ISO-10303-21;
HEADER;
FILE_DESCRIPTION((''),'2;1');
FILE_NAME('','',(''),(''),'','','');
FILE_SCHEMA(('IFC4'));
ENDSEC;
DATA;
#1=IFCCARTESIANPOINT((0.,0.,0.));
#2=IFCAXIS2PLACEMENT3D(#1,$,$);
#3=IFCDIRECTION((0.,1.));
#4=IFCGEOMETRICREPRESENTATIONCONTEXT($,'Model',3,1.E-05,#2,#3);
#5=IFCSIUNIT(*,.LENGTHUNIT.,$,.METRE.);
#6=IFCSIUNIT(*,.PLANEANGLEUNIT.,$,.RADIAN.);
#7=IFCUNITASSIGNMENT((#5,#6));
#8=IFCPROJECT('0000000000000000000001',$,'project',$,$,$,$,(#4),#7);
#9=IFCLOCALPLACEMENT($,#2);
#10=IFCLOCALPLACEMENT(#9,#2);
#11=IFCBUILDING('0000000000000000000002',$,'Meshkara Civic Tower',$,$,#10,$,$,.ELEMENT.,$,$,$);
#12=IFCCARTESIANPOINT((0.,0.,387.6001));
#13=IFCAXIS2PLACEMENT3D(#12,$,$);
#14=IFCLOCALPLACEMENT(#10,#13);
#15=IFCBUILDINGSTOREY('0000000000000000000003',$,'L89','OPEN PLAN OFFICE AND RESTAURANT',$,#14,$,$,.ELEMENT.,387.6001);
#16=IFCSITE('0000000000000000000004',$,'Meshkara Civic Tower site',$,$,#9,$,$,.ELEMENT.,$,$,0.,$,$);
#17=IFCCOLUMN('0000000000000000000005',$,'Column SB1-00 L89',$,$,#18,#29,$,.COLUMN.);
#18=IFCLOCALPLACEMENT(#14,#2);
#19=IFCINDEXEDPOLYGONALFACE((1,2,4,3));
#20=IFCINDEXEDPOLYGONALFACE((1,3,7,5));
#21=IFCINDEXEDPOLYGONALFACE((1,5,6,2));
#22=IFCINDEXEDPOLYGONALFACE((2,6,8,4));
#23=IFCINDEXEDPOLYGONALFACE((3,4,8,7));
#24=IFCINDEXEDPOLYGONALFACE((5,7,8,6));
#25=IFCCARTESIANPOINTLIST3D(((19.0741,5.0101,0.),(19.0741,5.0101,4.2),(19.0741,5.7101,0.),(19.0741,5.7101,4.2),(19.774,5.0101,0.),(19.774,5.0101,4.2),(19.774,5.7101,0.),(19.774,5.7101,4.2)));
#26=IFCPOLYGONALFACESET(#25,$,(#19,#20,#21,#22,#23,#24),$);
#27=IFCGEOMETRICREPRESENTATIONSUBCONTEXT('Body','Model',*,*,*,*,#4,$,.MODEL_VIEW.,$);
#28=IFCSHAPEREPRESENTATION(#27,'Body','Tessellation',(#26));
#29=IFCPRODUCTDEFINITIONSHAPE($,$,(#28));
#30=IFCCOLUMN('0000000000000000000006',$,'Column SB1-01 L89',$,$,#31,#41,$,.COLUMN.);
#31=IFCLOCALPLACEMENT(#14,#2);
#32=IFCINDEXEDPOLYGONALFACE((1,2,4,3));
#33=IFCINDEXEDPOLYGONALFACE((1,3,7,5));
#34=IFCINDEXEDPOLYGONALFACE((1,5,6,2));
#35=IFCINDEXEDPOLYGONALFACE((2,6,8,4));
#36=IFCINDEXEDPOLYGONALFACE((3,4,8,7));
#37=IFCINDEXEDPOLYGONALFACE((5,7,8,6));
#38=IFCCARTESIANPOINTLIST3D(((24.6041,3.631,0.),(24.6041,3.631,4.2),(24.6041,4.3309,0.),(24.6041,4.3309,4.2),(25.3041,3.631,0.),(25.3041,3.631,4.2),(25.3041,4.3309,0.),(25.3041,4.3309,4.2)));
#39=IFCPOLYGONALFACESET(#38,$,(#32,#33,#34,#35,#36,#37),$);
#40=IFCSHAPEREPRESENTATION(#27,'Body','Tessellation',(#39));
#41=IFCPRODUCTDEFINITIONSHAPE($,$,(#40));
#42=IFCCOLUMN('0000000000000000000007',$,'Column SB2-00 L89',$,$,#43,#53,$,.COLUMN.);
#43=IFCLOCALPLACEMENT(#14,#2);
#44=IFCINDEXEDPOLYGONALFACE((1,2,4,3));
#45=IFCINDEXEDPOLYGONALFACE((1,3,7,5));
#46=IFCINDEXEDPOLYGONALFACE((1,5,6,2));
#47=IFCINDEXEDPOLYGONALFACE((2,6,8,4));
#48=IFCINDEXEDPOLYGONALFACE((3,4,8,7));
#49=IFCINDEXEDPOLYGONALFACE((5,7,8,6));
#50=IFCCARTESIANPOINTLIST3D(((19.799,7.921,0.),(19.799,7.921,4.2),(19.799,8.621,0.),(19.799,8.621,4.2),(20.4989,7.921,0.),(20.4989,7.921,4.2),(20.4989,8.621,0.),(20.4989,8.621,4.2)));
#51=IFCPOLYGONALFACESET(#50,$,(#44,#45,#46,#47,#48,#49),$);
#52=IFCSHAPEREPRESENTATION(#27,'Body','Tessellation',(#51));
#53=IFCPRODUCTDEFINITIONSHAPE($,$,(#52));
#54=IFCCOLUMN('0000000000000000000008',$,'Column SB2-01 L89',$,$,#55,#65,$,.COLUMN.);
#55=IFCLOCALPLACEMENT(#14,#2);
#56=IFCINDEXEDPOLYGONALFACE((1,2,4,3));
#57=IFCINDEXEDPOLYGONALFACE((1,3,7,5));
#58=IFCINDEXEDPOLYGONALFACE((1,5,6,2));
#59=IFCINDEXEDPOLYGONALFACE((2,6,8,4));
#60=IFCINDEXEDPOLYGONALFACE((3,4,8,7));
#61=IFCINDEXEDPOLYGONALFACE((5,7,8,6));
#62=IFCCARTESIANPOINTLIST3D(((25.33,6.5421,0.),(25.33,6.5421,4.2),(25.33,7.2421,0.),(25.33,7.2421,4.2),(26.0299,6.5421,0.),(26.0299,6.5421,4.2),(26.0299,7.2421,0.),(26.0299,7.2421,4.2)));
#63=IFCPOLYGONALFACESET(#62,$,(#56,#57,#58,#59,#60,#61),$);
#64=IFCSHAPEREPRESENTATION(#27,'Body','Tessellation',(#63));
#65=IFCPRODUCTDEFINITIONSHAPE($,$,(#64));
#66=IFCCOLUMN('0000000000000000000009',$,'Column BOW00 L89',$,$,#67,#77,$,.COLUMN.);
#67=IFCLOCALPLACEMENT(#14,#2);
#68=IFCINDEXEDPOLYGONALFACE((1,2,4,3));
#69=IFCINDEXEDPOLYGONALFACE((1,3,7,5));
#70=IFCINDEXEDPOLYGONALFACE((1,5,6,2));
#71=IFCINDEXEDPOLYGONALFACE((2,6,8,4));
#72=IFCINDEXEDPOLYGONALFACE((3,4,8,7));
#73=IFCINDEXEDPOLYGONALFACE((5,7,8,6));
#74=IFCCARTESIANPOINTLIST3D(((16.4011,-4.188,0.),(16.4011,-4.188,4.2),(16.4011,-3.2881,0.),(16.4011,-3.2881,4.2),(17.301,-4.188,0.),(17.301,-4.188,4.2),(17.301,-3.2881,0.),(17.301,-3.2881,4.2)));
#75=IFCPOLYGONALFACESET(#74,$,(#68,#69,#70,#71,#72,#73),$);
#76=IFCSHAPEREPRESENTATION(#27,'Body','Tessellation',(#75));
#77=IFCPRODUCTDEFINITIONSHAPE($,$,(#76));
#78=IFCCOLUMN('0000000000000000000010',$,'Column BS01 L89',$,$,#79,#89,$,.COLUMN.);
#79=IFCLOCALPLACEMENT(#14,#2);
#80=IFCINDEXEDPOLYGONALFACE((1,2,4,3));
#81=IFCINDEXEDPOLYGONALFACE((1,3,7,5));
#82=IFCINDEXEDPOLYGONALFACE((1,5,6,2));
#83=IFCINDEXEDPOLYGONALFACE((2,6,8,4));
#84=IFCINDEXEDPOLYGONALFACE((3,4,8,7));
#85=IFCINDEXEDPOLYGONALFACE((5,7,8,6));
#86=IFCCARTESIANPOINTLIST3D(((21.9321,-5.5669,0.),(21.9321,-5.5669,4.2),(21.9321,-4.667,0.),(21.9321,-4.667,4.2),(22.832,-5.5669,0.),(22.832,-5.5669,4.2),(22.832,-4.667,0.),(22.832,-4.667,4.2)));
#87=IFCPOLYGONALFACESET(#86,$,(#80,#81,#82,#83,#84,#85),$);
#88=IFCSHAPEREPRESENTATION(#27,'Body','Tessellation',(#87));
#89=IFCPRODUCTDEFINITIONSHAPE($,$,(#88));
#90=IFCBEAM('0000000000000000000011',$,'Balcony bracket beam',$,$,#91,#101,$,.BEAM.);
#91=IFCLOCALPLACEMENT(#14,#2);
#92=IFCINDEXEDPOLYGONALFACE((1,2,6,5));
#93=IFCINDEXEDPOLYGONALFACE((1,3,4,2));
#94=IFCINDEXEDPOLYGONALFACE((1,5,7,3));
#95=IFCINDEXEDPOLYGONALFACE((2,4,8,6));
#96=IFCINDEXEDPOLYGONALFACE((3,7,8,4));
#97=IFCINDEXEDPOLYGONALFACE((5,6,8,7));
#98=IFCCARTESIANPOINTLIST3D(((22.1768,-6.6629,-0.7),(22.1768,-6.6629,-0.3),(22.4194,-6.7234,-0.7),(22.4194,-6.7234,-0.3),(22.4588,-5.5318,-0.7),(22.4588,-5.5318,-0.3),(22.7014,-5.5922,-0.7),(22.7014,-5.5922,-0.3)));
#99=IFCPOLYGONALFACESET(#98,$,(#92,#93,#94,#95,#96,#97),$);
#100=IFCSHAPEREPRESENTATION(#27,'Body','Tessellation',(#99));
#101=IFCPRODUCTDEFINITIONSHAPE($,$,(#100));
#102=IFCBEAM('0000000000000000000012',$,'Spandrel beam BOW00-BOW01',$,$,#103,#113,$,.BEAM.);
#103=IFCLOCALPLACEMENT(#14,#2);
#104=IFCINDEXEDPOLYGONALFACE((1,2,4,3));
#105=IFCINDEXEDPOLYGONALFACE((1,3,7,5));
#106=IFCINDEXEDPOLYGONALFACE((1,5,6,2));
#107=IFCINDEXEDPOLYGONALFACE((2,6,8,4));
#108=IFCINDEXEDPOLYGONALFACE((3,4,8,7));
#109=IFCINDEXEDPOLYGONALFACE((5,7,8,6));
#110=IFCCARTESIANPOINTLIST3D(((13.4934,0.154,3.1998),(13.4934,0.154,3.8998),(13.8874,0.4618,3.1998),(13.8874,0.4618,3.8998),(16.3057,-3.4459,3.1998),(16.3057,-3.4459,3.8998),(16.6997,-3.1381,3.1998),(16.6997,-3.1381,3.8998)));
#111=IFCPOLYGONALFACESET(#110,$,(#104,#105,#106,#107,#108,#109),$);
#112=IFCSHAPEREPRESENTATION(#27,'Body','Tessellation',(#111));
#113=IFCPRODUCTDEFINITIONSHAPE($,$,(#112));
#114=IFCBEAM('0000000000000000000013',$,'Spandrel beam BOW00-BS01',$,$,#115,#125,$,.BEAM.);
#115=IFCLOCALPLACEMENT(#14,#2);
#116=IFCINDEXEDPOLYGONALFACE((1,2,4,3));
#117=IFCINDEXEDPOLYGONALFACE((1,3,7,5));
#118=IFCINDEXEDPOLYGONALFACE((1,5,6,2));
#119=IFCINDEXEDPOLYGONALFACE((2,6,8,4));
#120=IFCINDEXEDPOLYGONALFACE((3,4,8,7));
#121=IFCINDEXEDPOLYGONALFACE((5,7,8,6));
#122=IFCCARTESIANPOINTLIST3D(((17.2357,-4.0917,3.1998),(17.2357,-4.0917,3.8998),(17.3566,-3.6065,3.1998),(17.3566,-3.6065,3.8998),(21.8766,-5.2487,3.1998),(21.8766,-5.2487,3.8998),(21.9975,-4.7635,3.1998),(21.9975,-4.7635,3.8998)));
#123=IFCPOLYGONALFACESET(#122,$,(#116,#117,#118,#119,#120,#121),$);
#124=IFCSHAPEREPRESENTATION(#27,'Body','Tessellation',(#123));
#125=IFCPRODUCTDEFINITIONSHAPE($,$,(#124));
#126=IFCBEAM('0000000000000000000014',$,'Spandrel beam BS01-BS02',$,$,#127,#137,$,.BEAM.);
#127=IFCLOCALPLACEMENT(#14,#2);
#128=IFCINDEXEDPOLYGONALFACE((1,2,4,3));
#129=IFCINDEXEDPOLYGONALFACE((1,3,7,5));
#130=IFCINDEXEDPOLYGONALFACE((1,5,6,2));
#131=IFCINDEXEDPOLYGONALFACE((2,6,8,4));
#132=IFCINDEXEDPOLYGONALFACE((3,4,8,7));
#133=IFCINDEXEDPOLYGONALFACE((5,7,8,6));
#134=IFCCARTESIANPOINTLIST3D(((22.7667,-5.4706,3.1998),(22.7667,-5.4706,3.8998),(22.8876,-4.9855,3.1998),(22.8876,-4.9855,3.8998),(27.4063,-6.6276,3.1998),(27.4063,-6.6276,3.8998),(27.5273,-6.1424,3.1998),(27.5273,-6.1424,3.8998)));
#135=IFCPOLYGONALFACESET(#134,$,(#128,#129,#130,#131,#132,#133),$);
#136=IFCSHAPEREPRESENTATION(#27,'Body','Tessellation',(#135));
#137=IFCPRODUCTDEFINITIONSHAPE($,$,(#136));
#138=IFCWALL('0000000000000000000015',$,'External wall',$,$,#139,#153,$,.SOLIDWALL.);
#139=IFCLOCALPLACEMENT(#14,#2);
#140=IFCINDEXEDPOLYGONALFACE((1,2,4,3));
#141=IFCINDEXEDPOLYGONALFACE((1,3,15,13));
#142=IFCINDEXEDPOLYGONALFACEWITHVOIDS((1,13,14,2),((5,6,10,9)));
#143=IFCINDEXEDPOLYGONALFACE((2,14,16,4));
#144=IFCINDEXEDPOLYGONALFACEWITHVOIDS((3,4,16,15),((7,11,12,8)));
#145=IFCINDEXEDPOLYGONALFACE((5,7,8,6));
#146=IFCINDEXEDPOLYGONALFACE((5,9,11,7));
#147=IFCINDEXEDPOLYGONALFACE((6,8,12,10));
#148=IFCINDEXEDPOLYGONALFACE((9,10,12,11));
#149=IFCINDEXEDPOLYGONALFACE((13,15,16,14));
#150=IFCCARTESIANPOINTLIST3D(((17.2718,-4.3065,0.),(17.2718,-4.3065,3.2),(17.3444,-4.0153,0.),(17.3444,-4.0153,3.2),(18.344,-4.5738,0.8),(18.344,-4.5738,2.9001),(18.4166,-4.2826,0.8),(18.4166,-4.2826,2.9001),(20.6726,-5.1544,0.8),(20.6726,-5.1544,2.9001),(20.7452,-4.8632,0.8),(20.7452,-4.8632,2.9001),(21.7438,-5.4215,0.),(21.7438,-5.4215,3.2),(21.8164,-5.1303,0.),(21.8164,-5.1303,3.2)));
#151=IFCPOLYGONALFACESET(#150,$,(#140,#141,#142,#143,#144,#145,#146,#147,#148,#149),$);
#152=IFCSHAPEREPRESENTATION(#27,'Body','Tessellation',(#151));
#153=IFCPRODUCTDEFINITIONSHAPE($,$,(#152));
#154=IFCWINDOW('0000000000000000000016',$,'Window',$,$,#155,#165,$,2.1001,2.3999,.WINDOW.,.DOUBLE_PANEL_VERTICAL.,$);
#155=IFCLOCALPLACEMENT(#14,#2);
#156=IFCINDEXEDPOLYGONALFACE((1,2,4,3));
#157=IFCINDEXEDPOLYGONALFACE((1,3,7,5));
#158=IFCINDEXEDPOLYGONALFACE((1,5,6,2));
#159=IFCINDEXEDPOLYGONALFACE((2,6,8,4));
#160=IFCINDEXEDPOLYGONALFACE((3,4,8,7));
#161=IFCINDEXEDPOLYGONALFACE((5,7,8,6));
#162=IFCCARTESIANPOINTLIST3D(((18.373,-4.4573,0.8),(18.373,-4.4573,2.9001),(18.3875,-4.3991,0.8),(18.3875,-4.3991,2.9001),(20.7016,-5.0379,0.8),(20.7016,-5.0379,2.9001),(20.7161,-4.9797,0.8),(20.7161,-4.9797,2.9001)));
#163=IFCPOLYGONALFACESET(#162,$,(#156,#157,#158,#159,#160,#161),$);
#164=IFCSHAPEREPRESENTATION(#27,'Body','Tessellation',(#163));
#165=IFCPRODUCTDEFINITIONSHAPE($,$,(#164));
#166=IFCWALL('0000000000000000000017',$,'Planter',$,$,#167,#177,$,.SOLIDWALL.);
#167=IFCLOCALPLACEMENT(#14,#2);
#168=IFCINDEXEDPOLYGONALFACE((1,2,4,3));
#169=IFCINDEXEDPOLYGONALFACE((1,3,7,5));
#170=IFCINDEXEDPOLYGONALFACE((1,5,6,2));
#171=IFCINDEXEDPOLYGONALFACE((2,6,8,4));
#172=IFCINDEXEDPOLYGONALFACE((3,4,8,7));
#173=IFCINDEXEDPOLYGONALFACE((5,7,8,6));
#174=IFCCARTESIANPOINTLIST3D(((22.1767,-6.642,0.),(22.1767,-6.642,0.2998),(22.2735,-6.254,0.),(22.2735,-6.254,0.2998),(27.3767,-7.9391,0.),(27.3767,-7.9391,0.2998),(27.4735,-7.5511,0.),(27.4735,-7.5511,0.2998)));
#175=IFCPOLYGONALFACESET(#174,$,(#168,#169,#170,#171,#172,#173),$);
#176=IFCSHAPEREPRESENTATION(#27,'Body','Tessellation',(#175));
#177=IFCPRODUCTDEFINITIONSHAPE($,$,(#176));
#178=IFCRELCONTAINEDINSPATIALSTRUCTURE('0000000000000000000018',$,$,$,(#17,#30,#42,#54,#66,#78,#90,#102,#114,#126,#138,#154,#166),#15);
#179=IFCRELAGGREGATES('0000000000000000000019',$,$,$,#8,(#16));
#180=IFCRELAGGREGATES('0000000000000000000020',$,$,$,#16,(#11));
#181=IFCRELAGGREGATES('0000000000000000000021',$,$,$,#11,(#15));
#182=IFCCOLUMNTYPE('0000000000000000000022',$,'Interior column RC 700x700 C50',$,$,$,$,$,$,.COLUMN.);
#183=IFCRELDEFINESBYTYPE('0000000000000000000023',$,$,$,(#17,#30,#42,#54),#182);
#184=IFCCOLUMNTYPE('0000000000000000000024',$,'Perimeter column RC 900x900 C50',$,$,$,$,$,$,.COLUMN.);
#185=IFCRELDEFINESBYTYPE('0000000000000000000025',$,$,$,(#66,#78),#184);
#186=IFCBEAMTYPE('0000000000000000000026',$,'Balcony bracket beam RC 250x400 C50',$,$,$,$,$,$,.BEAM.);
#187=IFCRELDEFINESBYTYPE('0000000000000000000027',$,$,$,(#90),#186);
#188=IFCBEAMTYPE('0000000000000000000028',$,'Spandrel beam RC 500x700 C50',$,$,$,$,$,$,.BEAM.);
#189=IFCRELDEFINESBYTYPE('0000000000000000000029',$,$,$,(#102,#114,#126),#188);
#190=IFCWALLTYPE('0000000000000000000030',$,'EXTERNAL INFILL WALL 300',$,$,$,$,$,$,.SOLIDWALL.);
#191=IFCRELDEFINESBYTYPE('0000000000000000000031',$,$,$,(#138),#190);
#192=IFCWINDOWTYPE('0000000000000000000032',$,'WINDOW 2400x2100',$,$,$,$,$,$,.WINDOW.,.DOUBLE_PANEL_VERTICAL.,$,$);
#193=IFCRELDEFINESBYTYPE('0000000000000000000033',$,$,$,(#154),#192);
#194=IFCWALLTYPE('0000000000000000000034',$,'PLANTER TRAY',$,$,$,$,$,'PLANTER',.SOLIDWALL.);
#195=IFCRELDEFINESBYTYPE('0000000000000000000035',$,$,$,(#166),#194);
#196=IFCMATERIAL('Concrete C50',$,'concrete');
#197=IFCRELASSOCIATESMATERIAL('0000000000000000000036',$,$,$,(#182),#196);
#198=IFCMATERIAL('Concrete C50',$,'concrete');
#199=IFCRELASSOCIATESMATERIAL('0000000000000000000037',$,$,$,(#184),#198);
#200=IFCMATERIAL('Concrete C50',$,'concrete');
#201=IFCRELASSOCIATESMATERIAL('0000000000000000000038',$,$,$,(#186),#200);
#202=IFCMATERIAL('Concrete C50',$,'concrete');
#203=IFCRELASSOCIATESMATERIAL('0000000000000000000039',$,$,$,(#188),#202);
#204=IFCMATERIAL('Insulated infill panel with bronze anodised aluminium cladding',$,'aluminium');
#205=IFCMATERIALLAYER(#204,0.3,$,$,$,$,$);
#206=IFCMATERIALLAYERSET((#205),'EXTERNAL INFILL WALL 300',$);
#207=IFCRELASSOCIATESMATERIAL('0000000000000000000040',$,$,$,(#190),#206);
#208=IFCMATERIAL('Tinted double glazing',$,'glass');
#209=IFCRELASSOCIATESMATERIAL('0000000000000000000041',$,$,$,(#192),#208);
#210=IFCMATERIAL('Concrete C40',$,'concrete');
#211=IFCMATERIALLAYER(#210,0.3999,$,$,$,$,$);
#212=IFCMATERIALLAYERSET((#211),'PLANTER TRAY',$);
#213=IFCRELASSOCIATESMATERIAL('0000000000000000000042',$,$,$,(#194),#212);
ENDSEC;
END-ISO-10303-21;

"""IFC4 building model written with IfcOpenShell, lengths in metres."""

from ifc_helpers import new_model, si_unit, direction, frame, frame_2d, origin, origin_2d, place, context, subcontext, project, spatial, rectangle, extrude, material, layer, layer_set, material_profile, profile_set, type_object, element, fill, save


model = new_model("IFC4")

# Units and contexts
model_context = context("Model", 3, precision=1e-05, world=origin(), true_north=direction((0.0, 1.0)))
body_context = subcontext(model_context, "Body", "Model", "MODEL_VIEW")
ifc_project = project(units=[si_unit("LENGTHUNIT", "METRE"), si_unit("PLANEANGLEUNIT", "RADIAN")], contexts=[model_context])

# Site, building, storey
site_placement = place(None, origin())
site = spatial("IfcSite", under=ifc_project, at=site_placement, Name="Meshkara Civic Tower site", CompositionType="ELEMENT", RefElevation=0.0)
building_placement = place(site_placement, origin())
building = spatial("IfcBuilding", under=site, at=building_placement, Name="Meshkara Civic Tower", CompositionType="ELEMENT")
storey_placement = place(building_placement, frame((0.0, 0.0, 387.6001)))
storey = spatial("IfcBuildingStorey", under=building, at=storey_placement, Name="L89", Description="OPEN PLAN OFFICE AND RESTAURANT", CompositionType="ELEMENT", Elevation=387.6001)

# Columns
ifc_material_1 = material(Name="Concrete C50", Category="concrete")
ifc_material_profile_1 = material_profile(ifc_material_1, rectangle(XDim=0.7, YDim=0.7, at=origin_2d()))
ifc_profile_set_1 = profile_set([ifc_material_profile_1], Name="Concrete C50")
column_type_1 = type_object("IfcColumnType", Name="Interior column RC 700x700 C50", PredefinedType="COLUMN", material=ifc_profile_set_1)
for number, where, z_axis, x_axis, name in (
    (1, (19.4241, 5.3601, 0.0), (0.0, 0.0, 1.0), (1.0, 0.0, 0.0), "Column SB1-00 L89"),
    (2, (24.9541, 3.981, 0.0), (0.0, 0.0, 1.0), (1.0, 0.0, 0.0), "Column SB1-01 L89"),
    (3, (20.1489, 8.271, 0.0), (0.0, 0.0, 1.0), (1.0, 0.0, 0.0), "Column SB2-00 L89"),
    (4, (25.6799, 6.8921, 0.0), (0.0, 0.0, 1.0), (1.0, 0.0, 0.0), "Column SB2-01 L89"),
):
    element("IfcColumn", number, at=place(storey_placement, frame(where, z_axis=z_axis, x_axis=x_axis)), inside=storey, type_object=column_type_1, Name=name, PredefinedType="COLUMN", context=body_context, shape_type="SweptSolid", body=[
        extrude(rectangle(XDim=0.7, YDim=0.7, at=origin_2d()), origin(), (0.0, 0.0, 1.0), 4.2),
    ])
ifc_material_2 = material(Name="Concrete C50", Category="concrete")
ifc_material_profile_2 = material_profile(ifc_material_2, rectangle(XDim=0.8999, YDim=0.8999, at=origin_2d()))
ifc_profile_set_2 = profile_set([ifc_material_profile_2], Name="Concrete C50")
column_type_2 = type_object("IfcColumnType", Name="Perimeter column RC 900x900 C50", PredefinedType="COLUMN", material=ifc_profile_set_2)
for number, where, z_axis, x_axis, name in (
    (5, (16.8511, -3.738, 0.0), (0.0, 0.0, 1.0), (1.0, 0.0, 0.0), "Column BOW00 L89"),
    (6, (22.3821, -5.1169, 0.0), (0.0, 0.0, 1.0), (1.0, 0.0, 0.0), "Column BS01 L89"),
):
    element("IfcColumn", number, at=place(storey_placement, frame(where, z_axis=z_axis, x_axis=x_axis)), inside=storey, type_object=column_type_2, Name=name, PredefinedType="COLUMN", context=body_context, shape_type="SweptSolid", body=[
        extrude(rectangle(XDim=0.8999, YDim=0.8999, at=origin_2d()), origin(), (0.0, 0.0, 1.0), 4.2),
    ])

# Beams
ifc_material_3 = material(Name="Concrete C50", Category="concrete")
ifc_material_profile_3 = material_profile(ifc_material_3, rectangle(XDim=0.25, YDim=0.3999, at=origin_2d()))
ifc_profile_set_3 = profile_set([ifc_material_profile_3], Name="Concrete C50")
beam_type_1 = type_object("IfcBeamType", Name="Balcony bracket beam RC 250x400 C50", PredefinedType="BEAM", material=ifc_profile_set_3)
beam_1_placement = place(storey_placement, frame((22.5801, -5.562, -0.5), z_axis=(-0.241895, -0.970302, 0.0), x_axis=(0.970302, -0.241895, 0.0)))
element("IfcBeam", 7, at=beam_1_placement, inside=storey, type_object=beam_type_1, Name="Balcony bracket beam", PredefinedType="BEAM", context=body_context, shape_type="SweptSolid", body=[
    extrude(rectangle(XDim=0.25, YDim=0.3999, at=origin_2d()), origin(), (0.0, 0.0, 1.0), 1.1658),
])
ifc_material_4 = material(Name="Concrete C50", Category="concrete")
ifc_material_profile_4 = material_profile(ifc_material_4, rectangle(XDim=0.5, YDim=0.7, at=origin_2d()))
ifc_profile_set_4 = profile_set([ifc_material_profile_4], Name="Concrete C50")
beam_type_2 = type_object("IfcBeamType", Name="Spandrel beam RC 500x700 C50", PredefinedType="BEAM", material=ifc_profile_set_4)
beam_2_placement = place(storey_placement, frame((13.6904, 0.3079, 3.5498), z_axis=(0.615626, -0.788038, 0.0), x_axis=(0.788038, 0.615626, 0.0)))
element("IfcBeam", 8, at=beam_2_placement, inside=storey, type_object=beam_type_2, Name="Spandrel beam BOW00-BOW01", PredefinedType="BEAM", context=body_context, shape_type="SweptSolid", body=[
    extrude(rectangle(XDim=0.5, YDim=0.7, at=origin_2d()), origin(), (0.0, 0.0, 1.0), 4.5681),
])
beam_3_placement = place(storey_placement, frame((17.2961, -3.8491, 3.5498), z_axis=(0.970301, -0.241899, 0.0), x_axis=(0.241899, 0.970301, 0.0)))
element("IfcBeam", 9, at=beam_3_placement, inside=storey, type_object=beam_type_2, Name="Spandrel beam BOW00-BS01", PredefinedType="BEAM", context=body_context, shape_type="SweptSolid", body=[
    extrude(rectangle(XDim=0.5, YDim=0.7, at=origin_2d()), origin(), (0.0, 0.0, 1.0), 4.783),
])
beam_4_placement = place(storey_placement, frame((22.8271, -5.228, 3.5498), z_axis=(0.970286, -0.241959, 0.0), x_axis=(0.241959, 0.970286, 0.0)))
element("IfcBeam", 10, at=beam_4_placement, inside=storey, type_object=beam_type_2, Name="Spandrel beam BS01-BS02", PredefinedType="BEAM", context=body_context, shape_type="SweptSolid", body=[
    extrude(rectangle(XDim=0.5, YDim=0.7, at=origin_2d()), origin(), (0.0, 0.0, 1.0), 4.7817),
])

# Wall, opening, window
ifc_material_5 = material(Name="Insulated infill panel with bronze anodised aluminium cladding", Category="aluminium")
ifc_layer_1 = layer(ifc_material_5, 0.3)
ifc_layer_set_1 = layer_set([ifc_layer_1], Name="EXTERNAL INFILL WALL 300")
wall_type_1 = type_object("IfcWallType", Name="EXTERNAL INFILL WALL 300", PredefinedType="SOLIDWALL", material=ifc_layer_set_1)
wall_1_placement = place(storey_placement, frame((17.3081, -4.1609, 0.0), z_axis=(0.0, 0.0, 1.0), x_axis=(0.970295, -0.241925, 0.0)))
wall_1 = element("IfcWall", 11, at=wall_1_placement, inside=storey, type_object=wall_type_1, Name="External wall", PredefinedType="SOLIDWALL", context=body_context, shape_type="SweptSolid", body=[
    extrude(rectangle(XDim=4.6089, YDim=0.3, at=frame_2d((2.3044, 0.0))), origin(), (0.0, 0.0, 1.0), 3.2),
])
opening_1_placement = place(wall_1_placement, frame((1.105, 0.0, 0.8)))
opening_1 = element("IfcOpeningElement", 12, at=opening_1_placement, cuts=wall_1, PredefinedType="OPENING", context=body_context, shape_type="SweptSolid", body=[
    extrude(rectangle(XDim=2.3999, YDim=2.1001, at=frame_2d((1.2, 1.05))), frame((0.0, 0.1599, 0.0), z_axis=(0.0, -1.0, 0.0), x_axis=(1.0, 0.0, 0.0)), (0.0, 0.0, 1.0), 0.3201),
])
ifc_material_6 = material(Name="Tinted double glazing", Category="glass")
window_type = type_object("IfcWindowType", Name="WINDOW 2400x2100", PartitioningType="DOUBLE_PANEL_VERTICAL", PredefinedType="WINDOW", material=ifc_material_6)
window_placement = place(opening_1_placement, origin())
window = element("IfcWindow", 13, at=window_placement, inside=storey, type_object=window_type, Name="Window", OverallHeight=2.1001, OverallWidth=2.3999, PartitioningType="DOUBLE_PANEL_VERTICAL", PredefinedType="WINDOW", context=body_context, shape_type="SweptSolid", body=[
    extrude(rectangle(XDim=2.3999, YDim=2.1001, at=frame_2d((1.2, 1.05))), frame((0.0, 0.03, 0.0), z_axis=(0.0, -1.0, 0.0), x_axis=(1.0, 0.0, 0.0)), (0.0, 0.0, 1.0), 0.0601),
])
fill(opening_1, window)

# Wall
ifc_material_7 = material(Name="Concrete C40", Category="concrete")
ifc_layer_2 = layer(ifc_material_7, 0.3999)
ifc_layer_set_2 = layer_set([ifc_layer_2], Name="PLANTER TRAY")
wall_type_2 = type_object("IfcWallType", Name="PLANTER TRAY", ElementType="PLANTER", PredefinedType="SOLIDWALL", material=ifc_layer_set_2)
wall_2_placement = place(storey_placement, frame((22.2251, -6.448, 0.0), z_axis=(0.0, 0.0, 1.0), x_axis=(0.970268, -0.242032, 0.0)))
element("IfcWall", 14, at=wall_2_placement, inside=storey, type_object=wall_type_2, Name="Planter", PredefinedType="SOLIDWALL", context=body_context, shape_type="SweptSolid", body=[
    extrude(rectangle(XDim=5.3594, YDim=0.3999, at=frame_2d((2.6797, 0.0))), origin(), (0.0, 0.0, 1.0), 0.2998),
])

save(model, "model.ifc")
